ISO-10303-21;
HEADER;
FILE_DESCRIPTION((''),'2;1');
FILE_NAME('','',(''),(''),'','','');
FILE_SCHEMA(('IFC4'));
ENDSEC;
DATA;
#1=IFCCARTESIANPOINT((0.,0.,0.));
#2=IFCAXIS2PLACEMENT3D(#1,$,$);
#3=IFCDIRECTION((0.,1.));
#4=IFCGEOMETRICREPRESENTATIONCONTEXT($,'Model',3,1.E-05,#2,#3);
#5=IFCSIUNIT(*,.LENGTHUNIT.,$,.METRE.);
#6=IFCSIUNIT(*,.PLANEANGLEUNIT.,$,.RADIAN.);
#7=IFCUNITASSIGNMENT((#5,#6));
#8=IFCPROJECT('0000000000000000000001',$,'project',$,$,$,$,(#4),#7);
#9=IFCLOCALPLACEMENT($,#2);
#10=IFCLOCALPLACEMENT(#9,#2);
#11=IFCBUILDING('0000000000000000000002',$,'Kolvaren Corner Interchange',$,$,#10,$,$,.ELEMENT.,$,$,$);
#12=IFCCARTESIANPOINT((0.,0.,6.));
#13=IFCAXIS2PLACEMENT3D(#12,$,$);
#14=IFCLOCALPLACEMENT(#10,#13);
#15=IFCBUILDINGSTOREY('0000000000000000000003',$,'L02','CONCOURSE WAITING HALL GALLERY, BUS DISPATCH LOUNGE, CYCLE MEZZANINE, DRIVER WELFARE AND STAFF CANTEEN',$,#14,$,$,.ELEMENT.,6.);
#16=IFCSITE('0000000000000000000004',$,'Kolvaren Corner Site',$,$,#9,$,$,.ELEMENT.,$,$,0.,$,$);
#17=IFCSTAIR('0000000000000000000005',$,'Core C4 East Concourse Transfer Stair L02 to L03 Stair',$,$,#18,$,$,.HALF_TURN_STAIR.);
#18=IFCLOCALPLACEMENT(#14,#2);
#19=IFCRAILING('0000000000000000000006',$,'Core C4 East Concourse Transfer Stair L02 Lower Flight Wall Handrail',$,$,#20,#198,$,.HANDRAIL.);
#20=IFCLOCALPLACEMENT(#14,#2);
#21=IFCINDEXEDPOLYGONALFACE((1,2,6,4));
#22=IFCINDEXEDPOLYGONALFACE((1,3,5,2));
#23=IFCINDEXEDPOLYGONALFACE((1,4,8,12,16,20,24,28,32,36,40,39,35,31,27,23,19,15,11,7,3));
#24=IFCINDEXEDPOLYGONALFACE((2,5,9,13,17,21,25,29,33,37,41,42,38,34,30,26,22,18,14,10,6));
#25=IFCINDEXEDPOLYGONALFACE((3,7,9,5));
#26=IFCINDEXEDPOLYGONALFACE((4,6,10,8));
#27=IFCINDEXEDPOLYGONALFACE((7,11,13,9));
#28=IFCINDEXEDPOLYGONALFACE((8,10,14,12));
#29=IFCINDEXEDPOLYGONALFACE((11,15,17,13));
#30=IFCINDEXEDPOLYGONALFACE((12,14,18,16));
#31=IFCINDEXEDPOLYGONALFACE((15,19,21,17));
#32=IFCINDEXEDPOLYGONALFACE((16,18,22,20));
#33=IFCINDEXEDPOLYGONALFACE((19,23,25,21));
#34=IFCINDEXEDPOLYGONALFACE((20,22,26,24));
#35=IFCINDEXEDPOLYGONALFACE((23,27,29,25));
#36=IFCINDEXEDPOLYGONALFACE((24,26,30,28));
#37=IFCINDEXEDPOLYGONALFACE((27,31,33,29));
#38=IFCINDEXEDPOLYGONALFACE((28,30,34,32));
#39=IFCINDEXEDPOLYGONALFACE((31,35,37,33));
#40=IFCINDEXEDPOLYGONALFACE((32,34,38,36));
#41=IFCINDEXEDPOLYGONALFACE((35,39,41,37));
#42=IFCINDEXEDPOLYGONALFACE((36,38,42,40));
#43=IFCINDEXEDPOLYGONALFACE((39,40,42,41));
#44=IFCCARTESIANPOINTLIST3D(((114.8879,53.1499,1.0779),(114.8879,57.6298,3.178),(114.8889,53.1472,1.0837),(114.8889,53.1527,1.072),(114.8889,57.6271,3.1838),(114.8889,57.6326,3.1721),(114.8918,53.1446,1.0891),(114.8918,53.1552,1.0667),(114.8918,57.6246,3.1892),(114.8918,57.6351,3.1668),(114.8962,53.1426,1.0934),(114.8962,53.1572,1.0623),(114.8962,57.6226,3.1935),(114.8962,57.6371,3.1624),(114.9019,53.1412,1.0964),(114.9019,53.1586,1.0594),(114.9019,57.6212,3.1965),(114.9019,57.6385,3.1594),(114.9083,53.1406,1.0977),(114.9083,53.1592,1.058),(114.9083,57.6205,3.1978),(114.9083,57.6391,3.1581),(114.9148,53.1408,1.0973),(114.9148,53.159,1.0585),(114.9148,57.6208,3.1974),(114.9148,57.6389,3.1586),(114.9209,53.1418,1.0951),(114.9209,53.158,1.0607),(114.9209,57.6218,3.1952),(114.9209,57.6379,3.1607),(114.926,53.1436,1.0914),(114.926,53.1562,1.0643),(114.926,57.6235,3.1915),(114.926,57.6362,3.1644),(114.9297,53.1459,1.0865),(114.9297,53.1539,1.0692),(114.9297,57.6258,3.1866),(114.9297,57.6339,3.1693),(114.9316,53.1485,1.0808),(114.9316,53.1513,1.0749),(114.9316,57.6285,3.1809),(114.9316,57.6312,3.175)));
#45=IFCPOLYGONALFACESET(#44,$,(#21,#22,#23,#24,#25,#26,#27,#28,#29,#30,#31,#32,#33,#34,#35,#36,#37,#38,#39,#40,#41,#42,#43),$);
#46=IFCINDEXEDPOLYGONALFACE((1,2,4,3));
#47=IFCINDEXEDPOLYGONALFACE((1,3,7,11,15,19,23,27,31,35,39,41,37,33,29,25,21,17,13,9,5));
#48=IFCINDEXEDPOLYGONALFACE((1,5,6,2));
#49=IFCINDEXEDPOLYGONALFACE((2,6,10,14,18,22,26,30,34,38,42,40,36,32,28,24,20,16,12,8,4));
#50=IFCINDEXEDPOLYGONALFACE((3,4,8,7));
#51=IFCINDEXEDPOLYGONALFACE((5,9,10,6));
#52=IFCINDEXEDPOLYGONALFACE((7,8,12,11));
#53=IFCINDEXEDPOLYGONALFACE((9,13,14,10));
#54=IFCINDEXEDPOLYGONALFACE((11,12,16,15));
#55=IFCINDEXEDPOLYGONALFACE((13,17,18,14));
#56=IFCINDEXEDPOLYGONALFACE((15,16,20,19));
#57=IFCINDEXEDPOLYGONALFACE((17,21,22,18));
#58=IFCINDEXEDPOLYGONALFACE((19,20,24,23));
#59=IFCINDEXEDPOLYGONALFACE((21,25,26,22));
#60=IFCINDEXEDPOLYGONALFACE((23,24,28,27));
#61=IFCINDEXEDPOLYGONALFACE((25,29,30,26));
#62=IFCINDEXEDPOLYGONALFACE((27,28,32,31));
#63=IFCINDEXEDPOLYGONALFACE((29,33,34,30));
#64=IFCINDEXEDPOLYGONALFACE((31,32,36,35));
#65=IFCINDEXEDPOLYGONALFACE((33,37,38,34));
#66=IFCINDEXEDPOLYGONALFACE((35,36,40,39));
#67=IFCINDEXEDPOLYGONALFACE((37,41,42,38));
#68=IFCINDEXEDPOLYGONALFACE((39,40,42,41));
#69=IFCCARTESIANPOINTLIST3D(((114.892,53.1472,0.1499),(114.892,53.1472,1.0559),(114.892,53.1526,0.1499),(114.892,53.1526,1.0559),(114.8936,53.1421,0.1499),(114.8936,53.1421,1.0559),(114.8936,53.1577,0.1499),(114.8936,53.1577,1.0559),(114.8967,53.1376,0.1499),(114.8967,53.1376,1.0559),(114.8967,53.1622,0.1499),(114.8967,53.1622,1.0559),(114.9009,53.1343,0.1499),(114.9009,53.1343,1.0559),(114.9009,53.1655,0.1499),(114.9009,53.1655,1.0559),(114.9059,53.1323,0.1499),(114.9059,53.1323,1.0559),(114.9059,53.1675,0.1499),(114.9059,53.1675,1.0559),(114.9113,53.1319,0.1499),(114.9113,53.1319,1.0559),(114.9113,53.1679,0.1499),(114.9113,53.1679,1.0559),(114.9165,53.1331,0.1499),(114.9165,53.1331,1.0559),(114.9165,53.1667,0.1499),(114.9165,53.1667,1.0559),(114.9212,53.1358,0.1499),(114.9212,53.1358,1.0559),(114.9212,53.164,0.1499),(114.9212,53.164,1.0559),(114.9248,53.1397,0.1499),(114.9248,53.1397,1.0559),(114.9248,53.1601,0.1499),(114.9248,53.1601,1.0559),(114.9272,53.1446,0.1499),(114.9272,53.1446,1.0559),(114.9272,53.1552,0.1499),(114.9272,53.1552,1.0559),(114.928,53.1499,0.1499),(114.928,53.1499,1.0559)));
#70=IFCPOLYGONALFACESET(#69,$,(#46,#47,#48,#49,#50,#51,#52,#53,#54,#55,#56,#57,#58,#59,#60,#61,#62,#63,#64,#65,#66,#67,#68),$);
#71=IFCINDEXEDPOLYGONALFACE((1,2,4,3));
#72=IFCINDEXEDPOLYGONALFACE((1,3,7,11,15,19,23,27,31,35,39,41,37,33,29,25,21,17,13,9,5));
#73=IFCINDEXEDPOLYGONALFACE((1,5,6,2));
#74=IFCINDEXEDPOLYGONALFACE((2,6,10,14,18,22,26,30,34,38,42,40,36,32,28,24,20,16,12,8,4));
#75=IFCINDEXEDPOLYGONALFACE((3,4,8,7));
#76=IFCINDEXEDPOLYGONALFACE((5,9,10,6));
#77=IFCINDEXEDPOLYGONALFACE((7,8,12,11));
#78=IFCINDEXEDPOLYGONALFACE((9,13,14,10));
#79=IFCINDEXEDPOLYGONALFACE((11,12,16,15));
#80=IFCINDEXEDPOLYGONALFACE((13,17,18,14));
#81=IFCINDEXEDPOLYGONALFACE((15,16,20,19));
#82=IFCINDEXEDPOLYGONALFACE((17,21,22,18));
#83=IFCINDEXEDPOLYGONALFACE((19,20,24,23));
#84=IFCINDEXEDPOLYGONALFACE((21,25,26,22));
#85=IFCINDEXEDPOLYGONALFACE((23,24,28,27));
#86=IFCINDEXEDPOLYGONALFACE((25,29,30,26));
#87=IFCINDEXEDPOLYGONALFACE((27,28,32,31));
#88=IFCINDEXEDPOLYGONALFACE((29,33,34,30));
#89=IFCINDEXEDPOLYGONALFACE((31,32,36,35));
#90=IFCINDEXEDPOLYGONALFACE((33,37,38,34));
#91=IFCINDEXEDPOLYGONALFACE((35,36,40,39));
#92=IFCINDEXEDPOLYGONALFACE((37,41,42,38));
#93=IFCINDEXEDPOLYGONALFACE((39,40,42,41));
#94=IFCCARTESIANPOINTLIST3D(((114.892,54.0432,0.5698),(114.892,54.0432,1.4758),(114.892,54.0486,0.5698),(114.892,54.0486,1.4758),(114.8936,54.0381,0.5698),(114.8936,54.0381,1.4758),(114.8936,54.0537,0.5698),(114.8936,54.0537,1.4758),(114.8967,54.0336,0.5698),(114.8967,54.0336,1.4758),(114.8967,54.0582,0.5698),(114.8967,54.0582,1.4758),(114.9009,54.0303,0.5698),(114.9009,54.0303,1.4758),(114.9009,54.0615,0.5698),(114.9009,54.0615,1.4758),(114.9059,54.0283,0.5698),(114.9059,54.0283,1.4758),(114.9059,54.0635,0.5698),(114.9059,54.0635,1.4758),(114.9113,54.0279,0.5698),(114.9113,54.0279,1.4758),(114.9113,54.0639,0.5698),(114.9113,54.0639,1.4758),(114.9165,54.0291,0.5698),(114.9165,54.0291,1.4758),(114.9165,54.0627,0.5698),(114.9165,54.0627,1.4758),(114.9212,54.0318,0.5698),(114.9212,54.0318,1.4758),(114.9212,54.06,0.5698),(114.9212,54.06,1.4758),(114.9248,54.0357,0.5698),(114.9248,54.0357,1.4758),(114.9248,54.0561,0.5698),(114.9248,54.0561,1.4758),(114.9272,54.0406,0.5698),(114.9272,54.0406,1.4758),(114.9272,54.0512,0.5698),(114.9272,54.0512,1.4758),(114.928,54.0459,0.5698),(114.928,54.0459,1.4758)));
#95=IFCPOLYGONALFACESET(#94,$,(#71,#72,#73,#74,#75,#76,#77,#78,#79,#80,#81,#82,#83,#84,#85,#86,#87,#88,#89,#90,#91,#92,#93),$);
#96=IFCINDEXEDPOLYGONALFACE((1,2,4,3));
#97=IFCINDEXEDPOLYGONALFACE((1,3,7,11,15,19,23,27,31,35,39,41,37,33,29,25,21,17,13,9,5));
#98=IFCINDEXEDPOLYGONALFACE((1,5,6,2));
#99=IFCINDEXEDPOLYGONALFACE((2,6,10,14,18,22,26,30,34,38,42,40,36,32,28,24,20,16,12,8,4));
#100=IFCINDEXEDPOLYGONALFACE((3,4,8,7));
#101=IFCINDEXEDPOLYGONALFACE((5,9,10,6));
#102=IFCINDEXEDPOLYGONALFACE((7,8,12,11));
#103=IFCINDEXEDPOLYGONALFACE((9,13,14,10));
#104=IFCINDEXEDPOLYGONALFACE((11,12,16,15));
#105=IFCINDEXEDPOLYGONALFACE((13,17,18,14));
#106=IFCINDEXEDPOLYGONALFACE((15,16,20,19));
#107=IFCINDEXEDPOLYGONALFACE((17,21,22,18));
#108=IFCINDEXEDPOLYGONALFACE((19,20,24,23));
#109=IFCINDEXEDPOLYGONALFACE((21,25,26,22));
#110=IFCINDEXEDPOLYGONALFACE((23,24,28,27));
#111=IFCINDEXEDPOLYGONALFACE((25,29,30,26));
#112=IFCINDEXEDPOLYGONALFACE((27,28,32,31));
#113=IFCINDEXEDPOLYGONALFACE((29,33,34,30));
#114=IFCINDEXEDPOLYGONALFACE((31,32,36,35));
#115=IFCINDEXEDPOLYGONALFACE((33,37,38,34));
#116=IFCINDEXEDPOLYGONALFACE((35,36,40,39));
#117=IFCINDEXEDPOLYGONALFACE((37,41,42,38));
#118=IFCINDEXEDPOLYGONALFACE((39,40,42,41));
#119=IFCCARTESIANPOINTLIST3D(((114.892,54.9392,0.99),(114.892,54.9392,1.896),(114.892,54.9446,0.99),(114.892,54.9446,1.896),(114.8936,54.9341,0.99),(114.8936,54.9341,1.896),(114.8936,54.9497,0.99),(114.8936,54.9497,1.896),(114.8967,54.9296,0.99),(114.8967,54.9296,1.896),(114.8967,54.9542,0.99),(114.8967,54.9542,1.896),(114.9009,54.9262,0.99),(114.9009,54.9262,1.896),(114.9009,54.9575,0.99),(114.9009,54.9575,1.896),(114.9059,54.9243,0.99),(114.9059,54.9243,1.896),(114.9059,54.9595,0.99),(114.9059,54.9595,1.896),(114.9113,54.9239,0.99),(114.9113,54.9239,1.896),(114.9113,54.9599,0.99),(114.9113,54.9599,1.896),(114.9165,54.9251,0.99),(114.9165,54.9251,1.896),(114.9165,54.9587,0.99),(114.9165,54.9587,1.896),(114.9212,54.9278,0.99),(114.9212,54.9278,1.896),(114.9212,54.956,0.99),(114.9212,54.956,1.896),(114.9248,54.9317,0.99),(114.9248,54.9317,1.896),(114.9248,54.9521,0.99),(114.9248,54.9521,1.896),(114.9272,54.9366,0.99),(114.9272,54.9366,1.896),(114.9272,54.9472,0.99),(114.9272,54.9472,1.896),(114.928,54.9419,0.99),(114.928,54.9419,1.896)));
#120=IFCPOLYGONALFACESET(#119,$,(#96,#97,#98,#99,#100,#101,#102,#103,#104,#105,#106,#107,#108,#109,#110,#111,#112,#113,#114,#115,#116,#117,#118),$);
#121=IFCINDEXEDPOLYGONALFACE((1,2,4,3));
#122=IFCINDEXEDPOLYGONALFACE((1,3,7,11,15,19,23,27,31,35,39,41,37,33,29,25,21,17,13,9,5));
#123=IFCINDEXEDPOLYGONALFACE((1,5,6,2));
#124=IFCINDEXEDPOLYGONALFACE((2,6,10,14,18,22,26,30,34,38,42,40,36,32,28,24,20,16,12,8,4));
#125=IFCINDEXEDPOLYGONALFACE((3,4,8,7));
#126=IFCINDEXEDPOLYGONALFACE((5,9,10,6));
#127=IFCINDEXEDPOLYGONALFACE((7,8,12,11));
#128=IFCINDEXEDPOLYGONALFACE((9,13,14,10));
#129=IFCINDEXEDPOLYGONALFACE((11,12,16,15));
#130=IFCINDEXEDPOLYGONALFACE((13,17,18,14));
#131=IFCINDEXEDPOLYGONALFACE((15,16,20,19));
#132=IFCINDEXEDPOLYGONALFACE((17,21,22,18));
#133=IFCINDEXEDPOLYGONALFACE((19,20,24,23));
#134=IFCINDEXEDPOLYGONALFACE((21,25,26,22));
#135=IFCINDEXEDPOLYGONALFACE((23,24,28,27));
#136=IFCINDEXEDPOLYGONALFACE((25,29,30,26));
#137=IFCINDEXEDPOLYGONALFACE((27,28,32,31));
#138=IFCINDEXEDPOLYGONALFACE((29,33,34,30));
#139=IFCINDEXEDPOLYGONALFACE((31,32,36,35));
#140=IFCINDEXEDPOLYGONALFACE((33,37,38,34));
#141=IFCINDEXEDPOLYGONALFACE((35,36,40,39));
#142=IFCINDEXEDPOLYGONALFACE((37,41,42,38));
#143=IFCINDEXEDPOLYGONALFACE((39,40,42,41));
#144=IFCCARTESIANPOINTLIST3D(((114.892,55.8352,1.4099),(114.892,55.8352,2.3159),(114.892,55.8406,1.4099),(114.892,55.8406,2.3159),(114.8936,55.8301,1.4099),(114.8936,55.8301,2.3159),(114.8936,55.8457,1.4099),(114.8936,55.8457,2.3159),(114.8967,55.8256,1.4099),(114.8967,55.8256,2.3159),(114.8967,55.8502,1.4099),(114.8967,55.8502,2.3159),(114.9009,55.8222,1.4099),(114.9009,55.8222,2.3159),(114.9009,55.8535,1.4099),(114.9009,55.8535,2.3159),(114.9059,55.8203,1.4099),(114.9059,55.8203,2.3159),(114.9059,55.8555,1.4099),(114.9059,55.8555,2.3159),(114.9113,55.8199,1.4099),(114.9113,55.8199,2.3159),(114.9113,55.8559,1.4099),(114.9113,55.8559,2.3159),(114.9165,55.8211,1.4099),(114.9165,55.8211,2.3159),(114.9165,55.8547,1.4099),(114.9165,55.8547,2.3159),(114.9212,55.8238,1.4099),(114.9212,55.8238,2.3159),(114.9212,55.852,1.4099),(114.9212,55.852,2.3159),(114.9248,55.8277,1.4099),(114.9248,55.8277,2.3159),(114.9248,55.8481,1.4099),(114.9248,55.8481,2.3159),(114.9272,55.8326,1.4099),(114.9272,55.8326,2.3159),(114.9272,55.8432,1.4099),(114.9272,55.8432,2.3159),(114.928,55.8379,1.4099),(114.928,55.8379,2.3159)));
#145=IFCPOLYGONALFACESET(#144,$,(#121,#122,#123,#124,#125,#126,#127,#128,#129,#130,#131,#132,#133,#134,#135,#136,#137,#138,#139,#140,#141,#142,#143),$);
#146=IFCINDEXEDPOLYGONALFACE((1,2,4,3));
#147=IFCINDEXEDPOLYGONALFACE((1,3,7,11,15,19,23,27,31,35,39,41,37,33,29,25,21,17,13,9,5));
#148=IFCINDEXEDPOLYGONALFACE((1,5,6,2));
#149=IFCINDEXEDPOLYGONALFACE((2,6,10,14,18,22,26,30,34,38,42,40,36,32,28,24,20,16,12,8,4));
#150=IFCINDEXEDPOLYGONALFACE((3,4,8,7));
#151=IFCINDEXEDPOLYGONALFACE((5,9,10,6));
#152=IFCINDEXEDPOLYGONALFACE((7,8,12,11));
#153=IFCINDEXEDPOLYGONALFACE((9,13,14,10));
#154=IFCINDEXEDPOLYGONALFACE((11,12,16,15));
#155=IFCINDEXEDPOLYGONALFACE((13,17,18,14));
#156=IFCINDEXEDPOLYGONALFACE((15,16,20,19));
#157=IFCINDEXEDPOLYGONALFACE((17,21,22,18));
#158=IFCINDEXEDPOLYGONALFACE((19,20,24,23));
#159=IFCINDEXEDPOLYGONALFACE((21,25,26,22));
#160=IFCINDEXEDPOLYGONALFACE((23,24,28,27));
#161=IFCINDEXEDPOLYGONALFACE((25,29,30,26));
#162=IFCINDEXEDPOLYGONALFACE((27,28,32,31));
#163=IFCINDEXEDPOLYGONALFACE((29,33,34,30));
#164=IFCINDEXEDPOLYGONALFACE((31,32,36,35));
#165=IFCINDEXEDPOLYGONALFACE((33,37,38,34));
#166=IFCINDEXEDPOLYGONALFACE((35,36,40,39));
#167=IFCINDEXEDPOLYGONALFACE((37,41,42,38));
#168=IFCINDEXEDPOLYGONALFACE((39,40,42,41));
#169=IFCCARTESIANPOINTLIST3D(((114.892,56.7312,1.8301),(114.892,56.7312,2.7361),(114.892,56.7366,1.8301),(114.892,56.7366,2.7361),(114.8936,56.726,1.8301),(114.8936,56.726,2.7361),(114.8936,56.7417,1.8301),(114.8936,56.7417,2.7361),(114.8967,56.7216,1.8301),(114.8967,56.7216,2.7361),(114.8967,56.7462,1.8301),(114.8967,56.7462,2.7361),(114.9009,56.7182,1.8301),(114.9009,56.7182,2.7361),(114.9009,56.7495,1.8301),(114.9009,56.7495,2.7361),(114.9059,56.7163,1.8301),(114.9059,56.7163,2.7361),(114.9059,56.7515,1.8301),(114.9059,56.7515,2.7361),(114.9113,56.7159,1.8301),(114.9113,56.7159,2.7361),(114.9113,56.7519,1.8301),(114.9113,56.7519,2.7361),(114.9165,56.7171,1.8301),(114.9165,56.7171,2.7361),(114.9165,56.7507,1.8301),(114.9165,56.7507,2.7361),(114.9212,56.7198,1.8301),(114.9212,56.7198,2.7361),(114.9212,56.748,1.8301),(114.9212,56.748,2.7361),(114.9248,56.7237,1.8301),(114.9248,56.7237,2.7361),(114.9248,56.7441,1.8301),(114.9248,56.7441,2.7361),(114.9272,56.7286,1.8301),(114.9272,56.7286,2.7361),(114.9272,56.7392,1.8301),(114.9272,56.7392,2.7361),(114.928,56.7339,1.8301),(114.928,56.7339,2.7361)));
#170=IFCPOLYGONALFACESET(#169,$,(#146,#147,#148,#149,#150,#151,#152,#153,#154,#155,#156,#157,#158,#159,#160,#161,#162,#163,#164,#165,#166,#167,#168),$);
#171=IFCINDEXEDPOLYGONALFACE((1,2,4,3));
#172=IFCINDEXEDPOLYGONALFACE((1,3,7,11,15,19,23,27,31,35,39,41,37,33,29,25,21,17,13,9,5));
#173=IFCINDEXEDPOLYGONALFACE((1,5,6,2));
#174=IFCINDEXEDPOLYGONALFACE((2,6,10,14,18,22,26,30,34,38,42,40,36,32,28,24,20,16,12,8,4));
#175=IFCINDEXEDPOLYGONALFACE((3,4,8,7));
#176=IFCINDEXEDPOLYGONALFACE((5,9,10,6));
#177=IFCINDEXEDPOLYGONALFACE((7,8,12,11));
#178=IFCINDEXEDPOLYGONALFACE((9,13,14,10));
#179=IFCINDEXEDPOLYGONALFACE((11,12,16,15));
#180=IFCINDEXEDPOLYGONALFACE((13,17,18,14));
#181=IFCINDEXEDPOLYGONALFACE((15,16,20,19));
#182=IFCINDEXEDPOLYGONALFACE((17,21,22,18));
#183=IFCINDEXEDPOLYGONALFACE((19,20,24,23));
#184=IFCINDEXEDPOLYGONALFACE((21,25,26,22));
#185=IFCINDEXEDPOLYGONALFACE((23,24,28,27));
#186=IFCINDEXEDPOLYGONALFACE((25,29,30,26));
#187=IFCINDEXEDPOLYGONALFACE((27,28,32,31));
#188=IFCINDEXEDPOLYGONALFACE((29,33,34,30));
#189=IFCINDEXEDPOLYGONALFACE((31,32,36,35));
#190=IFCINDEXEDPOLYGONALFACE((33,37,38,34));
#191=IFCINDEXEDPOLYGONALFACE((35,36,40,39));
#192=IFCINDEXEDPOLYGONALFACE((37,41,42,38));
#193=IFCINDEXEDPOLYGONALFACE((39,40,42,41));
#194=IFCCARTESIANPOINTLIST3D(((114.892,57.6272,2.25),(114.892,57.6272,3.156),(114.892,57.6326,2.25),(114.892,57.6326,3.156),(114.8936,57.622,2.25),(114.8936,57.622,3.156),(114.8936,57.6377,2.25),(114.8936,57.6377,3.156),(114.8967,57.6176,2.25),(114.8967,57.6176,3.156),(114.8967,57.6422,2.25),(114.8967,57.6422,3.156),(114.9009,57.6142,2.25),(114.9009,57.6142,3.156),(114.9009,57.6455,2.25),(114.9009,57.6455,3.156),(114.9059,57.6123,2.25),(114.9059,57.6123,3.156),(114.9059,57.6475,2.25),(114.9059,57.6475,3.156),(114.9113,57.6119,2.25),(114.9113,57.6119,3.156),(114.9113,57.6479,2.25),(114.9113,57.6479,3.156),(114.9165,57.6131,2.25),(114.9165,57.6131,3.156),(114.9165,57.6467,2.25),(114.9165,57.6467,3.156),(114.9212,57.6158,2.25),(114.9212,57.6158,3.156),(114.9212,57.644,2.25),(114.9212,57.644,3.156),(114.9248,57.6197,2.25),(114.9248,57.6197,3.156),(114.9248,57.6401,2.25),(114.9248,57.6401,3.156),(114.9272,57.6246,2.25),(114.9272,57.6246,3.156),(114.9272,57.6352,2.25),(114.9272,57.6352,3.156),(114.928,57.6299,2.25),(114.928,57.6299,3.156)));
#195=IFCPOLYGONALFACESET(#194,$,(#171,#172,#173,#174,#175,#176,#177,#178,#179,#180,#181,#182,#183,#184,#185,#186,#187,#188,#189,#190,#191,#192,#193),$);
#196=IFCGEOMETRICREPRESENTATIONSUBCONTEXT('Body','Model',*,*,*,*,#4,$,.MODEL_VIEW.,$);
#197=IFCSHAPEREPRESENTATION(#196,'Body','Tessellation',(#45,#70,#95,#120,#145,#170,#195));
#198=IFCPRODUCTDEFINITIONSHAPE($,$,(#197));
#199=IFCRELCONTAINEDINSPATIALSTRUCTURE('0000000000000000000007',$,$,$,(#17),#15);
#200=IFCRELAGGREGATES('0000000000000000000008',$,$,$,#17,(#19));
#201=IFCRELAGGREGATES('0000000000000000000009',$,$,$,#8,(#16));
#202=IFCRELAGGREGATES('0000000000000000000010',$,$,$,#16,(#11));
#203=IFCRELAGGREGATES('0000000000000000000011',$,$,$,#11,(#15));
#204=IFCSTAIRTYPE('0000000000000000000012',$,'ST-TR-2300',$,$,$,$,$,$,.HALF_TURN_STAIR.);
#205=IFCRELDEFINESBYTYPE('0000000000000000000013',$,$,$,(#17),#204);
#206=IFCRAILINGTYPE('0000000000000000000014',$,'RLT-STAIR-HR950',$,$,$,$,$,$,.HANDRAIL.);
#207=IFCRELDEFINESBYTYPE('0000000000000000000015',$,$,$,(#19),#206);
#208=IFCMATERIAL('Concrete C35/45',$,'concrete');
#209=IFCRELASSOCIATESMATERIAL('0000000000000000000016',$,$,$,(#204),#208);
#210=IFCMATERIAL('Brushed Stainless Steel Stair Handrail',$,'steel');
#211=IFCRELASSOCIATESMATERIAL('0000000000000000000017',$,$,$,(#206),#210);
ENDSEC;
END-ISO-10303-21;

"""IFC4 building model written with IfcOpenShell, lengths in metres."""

from ifc_helpers import new_model, si_unit, direction, frame, origin, origin_2d, place, context, subcontext, project, spatial, circle, extrude, material, type_object, element, aggregate, save


model = new_model("IFC4")

# Units and contexts
model_context = context("Model", 3, precision=1e-05, world=origin(), true_north=direction((0.0, 1.0)))
body_context = subcontext(model_context, "Body", "Model", "MODEL_VIEW")
ifc_project = project(units=[si_unit("LENGTHUNIT", "METRE"), si_unit("PLANEANGLEUNIT", "RADIAN")], contexts=[model_context])

# Site, building, storey
site_placement = place(None, origin())
site = spatial("IfcSite", under=ifc_project, at=site_placement, Name="Kolvaren Corner Site", CompositionType="ELEMENT", RefElevation=0.0)
building_placement = place(site_placement, origin())
building = spatial("IfcBuilding", under=site, at=building_placement, Name="Kolvaren Corner Interchange", CompositionType="ELEMENT")
storey_placement = place(building_placement, frame((0.0, 0.0, 6.0)))
storey = spatial("IfcBuildingStorey", under=building, at=storey_placement, Name="L02", Description="CONCOURSE WAITING HALL GALLERY, BUS DISPATCH LOUNGE, CYCLE MEZZANINE, DRIVER WELFARE AND STAFF CANTEEN", CompositionType="ELEMENT", Elevation=6.0)

# Stair
ifc_material_1 = material(Name="Concrete C35/45", Category="concrete")
stair_type_1 = type_object("IfcStairType", Name="ST-TR-2300", PredefinedType="HALF_TURN_STAIR", material=ifc_material_1)
stair_1_placement = place(storey_placement, origin())
stair_1 = element("IfcStair", 1, at=stair_1_placement, inside=storey, type_object=stair_type_1, Name="Core C4 East Concourse Transfer Stair L02 to L03 Stair", PredefinedType="HALF_TURN_STAIR")

# Railing
ifc_material_2 = material(Name="Brushed Stainless Steel Stair Handrail", Category="steel")
railing_type_1 = type_object("IfcRailingType", Name="RLT-STAIR-HR950", PredefinedType="HANDRAIL", material=ifc_material_2)
railing_1_placement = place(storey_placement, frame((114.9099, 53.1499, 0.1499)))
railing_1 = element("IfcRailing", 2, at=railing_1_placement, type_object=railing_type_1, Name="Core C4 East Concourse Transfer Stair L02 Lower Flight Wall Handrail", PredefinedType="HANDRAIL", context=body_context, shape_type="SweptSolid", body=[
    extrude(circle(Radius=0.022, at=origin_2d()), frame((0.0, 0.0, 0.928), z_axis=(0.0, 0.905451, 0.424452), x_axis=(-1.0, 0.0, 0.0)), (0.0, 0.0, 1.0), 4.9478),
    extrude(circle(Radius=0.0181, at=origin_2d()), origin(), (0.0, 0.0, 1.0), 0.906),
    extrude(circle(Radius=0.0181, at=origin_2d()), frame((0.0, 0.896, 0.4199)), (0.0, 0.0, 1.0), 0.906),
    extrude(circle(Radius=0.0181, at=origin_2d()), frame((0.0, 1.792, 0.8401)), (0.0, 0.0, 1.0), 0.906),
    extrude(circle(Radius=0.0181, at=origin_2d()), frame((0.0, 2.688, 1.26)), (0.0, 0.0, 1.0), 0.906),
    extrude(circle(Radius=0.0181, at=origin_2d()), frame((0.0, 3.584, 1.6802)), (0.0, 0.0, 1.0), 0.906),
    extrude(circle(Radius=0.0181, at=origin_2d()), frame((0.0, 4.48, 2.1001)), (0.0, 0.0, 1.0), 0.906),
])
aggregate(stair_1, [railing_1])

save(model, "model.ifc")
